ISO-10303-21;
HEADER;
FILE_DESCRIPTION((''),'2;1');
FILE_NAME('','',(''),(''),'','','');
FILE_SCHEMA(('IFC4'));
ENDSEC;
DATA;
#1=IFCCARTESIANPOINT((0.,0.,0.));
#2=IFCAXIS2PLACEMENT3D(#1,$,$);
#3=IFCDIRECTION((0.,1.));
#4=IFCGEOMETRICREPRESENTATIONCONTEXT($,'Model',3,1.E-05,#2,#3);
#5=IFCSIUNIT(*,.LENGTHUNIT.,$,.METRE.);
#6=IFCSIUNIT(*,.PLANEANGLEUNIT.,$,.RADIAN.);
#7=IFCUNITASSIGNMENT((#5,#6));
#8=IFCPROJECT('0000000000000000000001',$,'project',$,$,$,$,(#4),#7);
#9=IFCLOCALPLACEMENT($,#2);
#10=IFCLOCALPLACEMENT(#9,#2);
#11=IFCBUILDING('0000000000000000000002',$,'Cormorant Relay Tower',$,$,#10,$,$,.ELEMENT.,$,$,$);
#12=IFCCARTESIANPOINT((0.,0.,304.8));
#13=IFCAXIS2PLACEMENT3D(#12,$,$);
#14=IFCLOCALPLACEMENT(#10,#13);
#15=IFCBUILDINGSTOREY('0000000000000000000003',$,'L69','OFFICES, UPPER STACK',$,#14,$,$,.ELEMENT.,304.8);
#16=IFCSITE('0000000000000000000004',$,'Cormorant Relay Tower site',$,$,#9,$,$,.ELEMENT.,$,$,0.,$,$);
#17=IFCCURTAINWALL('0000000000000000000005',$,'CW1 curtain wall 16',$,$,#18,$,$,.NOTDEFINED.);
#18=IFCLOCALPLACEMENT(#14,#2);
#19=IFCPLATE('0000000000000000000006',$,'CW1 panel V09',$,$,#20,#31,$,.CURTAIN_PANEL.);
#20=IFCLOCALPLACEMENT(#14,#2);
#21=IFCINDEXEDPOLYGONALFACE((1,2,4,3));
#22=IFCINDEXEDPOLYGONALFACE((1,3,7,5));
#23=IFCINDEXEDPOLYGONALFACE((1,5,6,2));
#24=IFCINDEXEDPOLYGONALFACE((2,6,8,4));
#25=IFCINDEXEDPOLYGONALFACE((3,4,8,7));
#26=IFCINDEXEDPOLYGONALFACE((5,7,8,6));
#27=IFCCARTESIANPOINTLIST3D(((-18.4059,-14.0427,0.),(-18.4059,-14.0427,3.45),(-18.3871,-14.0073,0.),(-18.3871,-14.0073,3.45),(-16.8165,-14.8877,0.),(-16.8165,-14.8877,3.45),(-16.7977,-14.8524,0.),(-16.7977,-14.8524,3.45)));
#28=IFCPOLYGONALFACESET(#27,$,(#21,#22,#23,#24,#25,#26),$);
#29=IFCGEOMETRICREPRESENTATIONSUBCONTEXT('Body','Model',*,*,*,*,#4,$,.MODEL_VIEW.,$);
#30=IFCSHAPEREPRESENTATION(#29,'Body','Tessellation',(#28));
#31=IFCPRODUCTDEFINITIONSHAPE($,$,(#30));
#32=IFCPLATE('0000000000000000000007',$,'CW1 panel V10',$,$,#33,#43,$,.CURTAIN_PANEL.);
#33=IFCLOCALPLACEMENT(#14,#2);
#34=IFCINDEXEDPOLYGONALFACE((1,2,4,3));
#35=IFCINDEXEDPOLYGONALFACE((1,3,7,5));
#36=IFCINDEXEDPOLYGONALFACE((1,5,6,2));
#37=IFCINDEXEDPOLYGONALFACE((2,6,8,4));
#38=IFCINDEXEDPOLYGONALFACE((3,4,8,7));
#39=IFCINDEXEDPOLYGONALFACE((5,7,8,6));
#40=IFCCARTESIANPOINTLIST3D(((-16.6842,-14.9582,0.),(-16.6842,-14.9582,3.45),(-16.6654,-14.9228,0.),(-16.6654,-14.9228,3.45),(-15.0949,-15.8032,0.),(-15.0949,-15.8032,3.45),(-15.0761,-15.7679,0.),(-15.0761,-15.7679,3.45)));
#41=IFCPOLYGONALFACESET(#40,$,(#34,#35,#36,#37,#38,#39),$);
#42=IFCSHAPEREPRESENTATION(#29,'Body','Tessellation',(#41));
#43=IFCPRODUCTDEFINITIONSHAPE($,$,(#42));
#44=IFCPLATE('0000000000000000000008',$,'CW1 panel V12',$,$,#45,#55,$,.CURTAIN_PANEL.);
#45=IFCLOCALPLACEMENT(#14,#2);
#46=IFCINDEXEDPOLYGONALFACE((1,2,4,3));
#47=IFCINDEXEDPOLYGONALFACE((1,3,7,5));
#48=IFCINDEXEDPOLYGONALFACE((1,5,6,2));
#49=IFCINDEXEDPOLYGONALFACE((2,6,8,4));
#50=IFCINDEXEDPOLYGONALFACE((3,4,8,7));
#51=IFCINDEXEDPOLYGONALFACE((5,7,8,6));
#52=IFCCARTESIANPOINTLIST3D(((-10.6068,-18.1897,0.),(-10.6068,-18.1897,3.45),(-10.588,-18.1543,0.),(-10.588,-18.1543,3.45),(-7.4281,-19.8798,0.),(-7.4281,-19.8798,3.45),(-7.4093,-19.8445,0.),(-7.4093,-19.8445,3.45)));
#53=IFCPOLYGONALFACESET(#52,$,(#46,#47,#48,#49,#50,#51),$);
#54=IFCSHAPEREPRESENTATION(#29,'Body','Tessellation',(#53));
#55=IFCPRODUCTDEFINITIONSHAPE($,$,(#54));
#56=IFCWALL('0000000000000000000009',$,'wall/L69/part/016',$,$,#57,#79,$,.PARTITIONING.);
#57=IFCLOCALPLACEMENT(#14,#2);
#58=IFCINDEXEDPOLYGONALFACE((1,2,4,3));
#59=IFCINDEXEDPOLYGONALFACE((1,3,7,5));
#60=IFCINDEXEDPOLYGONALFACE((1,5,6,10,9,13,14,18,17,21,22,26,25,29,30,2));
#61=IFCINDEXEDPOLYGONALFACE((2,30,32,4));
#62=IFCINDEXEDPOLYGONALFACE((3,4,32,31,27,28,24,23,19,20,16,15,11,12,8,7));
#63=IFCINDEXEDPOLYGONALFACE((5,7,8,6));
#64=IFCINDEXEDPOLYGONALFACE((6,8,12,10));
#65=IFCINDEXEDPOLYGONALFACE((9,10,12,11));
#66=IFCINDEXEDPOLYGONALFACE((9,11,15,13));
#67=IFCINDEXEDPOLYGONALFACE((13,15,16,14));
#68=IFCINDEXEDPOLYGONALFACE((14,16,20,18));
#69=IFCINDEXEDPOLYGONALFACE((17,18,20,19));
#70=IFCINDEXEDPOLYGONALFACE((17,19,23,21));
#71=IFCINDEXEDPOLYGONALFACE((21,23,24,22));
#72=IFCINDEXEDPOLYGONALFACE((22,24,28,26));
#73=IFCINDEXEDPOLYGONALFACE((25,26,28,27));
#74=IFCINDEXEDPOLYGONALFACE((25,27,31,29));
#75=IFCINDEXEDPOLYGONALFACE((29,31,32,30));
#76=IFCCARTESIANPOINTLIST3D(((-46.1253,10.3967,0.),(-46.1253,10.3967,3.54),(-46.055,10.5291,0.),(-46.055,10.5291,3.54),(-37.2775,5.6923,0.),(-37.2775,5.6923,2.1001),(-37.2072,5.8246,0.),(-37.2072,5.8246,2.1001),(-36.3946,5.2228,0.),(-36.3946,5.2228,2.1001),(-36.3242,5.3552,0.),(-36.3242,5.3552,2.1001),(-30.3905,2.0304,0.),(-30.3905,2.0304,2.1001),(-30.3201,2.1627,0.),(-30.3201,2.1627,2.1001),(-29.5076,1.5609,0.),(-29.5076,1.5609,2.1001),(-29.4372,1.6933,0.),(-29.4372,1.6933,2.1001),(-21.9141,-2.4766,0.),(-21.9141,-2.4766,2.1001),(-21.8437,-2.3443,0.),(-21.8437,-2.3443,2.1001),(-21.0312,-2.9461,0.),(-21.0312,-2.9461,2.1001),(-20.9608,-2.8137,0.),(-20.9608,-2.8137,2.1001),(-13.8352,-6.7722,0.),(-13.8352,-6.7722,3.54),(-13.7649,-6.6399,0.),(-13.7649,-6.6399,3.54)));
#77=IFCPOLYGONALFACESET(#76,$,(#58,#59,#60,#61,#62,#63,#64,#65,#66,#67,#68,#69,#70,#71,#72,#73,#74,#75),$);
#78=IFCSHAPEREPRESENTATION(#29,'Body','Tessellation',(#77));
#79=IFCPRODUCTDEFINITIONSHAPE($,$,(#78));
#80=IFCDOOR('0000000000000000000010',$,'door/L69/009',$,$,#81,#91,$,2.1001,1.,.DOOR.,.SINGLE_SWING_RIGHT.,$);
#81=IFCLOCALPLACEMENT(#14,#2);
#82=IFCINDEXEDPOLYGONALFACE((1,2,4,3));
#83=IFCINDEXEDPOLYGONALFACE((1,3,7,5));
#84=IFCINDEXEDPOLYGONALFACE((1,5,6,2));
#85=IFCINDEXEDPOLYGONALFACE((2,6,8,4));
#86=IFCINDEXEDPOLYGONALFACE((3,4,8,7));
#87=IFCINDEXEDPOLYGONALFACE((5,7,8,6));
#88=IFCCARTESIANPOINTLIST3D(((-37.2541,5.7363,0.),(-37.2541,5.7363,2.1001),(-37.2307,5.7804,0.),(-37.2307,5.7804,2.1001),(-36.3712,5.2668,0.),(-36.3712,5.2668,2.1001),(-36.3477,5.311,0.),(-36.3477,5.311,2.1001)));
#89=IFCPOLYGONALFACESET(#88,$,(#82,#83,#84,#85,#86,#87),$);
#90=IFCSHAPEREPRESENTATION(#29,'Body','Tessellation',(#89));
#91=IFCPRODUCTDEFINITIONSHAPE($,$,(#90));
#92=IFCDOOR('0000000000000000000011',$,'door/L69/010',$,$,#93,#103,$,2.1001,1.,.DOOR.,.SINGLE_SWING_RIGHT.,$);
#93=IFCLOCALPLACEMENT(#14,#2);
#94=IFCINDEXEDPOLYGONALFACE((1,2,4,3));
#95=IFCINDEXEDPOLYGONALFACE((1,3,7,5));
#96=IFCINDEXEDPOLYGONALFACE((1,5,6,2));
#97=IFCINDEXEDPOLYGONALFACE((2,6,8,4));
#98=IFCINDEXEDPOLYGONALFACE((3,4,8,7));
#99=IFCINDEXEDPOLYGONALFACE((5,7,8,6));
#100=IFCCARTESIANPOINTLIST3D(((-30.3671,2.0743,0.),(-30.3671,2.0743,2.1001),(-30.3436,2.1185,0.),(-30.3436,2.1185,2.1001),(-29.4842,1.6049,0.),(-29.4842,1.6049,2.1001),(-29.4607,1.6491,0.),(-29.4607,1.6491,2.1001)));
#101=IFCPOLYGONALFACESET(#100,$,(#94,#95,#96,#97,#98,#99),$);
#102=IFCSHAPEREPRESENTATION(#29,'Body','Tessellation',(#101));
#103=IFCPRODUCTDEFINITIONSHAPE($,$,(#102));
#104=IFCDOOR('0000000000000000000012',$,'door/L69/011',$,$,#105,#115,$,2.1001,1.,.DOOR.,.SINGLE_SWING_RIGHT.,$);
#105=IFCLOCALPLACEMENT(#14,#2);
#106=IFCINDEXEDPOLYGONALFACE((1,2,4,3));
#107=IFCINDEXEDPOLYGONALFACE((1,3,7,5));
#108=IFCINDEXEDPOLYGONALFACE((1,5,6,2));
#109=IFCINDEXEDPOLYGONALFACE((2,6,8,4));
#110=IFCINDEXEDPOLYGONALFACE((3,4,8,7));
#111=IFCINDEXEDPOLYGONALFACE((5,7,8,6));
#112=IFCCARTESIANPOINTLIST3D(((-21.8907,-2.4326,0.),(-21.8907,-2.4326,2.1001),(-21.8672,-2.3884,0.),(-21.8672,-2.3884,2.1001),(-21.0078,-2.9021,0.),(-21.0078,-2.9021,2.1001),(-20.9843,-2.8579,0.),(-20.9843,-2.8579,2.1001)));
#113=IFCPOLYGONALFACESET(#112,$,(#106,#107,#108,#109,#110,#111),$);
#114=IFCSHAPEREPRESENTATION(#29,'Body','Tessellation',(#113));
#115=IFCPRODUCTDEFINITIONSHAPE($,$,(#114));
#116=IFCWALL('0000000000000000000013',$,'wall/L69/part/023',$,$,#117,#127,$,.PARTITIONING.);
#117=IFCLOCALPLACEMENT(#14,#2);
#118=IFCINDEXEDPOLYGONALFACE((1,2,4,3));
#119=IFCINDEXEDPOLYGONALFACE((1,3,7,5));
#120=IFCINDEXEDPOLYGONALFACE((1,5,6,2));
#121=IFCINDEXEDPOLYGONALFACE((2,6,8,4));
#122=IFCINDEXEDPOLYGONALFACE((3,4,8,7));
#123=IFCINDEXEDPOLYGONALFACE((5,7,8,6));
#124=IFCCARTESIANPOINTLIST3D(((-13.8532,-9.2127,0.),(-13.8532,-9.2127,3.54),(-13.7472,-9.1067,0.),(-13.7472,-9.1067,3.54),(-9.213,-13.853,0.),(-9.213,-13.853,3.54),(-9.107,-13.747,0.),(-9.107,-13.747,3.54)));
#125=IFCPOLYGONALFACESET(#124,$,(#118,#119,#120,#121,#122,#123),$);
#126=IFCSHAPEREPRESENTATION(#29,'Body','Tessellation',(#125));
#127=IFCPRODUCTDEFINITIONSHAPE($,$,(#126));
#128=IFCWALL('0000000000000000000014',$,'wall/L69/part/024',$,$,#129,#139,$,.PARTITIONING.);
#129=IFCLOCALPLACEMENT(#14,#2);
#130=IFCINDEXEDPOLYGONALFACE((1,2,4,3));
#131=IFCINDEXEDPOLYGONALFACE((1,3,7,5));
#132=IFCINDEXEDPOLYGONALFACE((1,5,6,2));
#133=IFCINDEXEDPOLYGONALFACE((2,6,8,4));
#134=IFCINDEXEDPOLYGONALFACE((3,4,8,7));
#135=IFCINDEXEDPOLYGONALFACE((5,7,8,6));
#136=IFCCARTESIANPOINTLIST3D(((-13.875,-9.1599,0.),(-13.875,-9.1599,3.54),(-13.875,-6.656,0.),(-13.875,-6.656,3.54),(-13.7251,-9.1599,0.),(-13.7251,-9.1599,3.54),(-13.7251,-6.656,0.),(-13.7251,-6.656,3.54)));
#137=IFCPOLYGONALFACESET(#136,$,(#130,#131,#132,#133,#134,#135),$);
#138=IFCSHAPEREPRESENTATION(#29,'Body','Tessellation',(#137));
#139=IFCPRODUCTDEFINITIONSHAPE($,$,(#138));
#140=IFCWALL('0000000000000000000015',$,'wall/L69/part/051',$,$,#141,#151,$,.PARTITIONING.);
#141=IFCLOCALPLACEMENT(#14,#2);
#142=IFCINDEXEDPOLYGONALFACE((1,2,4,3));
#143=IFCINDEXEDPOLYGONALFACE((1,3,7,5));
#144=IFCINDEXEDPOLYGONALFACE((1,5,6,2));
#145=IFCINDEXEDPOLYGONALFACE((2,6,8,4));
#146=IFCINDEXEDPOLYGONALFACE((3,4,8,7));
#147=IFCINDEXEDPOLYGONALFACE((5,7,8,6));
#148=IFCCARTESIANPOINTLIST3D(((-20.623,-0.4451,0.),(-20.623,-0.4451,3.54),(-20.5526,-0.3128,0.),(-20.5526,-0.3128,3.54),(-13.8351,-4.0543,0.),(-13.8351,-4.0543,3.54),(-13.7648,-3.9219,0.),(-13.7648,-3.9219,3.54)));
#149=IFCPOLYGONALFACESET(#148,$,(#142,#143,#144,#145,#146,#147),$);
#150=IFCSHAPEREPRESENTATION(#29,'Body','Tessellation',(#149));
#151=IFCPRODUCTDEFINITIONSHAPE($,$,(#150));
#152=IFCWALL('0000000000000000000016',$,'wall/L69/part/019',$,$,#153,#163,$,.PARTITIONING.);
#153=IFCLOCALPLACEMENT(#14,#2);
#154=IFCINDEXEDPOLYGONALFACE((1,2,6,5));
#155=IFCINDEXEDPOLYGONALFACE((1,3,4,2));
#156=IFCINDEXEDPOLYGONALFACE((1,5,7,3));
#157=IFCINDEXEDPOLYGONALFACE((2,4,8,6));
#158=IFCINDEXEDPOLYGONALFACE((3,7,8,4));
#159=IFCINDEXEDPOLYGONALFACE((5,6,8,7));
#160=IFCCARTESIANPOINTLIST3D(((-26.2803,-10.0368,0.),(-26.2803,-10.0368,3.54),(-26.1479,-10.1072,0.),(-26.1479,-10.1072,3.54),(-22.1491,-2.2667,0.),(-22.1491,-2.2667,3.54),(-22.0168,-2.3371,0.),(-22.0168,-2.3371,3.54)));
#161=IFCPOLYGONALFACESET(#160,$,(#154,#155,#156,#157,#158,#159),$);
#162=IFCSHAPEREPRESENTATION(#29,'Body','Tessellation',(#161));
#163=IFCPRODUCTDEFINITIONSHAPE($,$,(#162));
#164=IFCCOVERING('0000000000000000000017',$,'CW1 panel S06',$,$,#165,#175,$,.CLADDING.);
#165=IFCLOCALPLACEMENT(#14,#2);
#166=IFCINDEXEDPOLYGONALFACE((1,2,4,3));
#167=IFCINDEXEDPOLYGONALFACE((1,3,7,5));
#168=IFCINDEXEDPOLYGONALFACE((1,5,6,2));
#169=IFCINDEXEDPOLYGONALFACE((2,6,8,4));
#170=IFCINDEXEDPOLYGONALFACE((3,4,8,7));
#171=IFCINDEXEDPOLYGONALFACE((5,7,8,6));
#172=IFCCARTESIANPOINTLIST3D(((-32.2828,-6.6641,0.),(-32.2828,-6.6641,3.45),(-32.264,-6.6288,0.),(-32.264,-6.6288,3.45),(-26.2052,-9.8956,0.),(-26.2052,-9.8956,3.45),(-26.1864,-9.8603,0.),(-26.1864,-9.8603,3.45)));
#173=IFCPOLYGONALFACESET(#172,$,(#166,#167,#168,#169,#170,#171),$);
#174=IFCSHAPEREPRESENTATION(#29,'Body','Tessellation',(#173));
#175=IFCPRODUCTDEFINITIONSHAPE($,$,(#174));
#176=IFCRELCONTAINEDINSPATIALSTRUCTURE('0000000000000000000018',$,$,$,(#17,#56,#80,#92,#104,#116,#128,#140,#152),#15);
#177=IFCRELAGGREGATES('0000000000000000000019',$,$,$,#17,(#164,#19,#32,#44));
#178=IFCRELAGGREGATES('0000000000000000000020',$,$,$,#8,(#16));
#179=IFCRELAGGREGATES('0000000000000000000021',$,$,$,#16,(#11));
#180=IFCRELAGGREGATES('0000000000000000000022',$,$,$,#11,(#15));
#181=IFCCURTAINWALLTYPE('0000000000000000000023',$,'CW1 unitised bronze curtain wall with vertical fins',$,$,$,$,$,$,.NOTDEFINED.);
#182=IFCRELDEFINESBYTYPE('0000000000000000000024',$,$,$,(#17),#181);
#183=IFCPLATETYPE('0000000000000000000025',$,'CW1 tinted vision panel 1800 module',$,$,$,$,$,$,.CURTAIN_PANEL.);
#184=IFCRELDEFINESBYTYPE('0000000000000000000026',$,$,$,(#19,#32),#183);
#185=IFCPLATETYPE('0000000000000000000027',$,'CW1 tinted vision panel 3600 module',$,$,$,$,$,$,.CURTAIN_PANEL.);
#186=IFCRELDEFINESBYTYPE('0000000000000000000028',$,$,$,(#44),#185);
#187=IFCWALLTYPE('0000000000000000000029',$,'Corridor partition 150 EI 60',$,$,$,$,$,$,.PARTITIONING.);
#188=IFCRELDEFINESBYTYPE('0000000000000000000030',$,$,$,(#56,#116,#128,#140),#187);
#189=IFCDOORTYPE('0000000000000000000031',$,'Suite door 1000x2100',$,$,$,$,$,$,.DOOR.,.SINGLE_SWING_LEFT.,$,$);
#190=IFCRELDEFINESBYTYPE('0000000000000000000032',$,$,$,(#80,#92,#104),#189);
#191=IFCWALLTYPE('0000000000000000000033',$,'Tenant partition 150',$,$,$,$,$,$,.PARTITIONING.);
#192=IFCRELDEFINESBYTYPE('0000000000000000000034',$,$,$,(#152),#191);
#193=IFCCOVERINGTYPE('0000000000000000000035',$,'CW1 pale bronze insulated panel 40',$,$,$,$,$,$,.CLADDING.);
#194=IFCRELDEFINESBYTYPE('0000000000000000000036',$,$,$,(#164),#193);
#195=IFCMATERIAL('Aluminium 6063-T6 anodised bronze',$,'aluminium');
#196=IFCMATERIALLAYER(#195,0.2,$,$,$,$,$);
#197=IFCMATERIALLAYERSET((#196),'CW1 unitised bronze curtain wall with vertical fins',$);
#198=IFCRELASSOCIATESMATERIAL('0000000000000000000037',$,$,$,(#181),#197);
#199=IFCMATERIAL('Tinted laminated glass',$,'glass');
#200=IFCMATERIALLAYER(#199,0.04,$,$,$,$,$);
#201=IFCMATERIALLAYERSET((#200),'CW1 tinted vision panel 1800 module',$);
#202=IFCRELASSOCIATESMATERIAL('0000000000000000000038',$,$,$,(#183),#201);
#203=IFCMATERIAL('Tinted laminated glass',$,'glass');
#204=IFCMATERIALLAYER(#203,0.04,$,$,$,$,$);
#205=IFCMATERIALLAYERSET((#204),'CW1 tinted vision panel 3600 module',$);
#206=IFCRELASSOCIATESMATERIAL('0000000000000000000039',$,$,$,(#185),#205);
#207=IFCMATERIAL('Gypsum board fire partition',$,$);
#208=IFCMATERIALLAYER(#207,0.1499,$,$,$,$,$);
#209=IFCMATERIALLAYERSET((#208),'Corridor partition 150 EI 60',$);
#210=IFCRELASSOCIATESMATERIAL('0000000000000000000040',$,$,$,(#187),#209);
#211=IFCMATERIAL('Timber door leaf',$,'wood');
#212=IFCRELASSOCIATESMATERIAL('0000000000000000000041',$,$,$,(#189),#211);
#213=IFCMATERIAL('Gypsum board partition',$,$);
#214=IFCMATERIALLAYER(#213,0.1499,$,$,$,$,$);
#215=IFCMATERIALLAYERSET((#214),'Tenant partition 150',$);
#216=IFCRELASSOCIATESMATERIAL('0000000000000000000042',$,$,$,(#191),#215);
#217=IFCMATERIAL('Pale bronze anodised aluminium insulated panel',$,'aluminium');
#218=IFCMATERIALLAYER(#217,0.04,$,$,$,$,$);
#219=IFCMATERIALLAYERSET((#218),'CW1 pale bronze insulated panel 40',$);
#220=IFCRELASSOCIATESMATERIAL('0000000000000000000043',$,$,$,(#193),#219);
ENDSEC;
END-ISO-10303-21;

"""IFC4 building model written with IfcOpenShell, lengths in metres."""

from ifc_helpers import new_model, si_unit, direction, frame, frame_2d, origin, origin_2d, place, context, subcontext, project, spatial, rectangle, extrude, material, layer, layer_set, type_object, element, fill, aggregate, save


model = new_model("IFC4")

# Units and contexts
model_context = context("Model", 3, precision=1e-05, world=origin(), true_north=direction((0.0, 1.0)))
body_context = subcontext(model_context, "Body", "Model", "MODEL_VIEW")
ifc_project = project(units=[si_unit("LENGTHUNIT", "METRE"), si_unit("PLANEANGLEUNIT", "RADIAN")], contexts=[model_context])

# Site, building, storey
site_placement = place(None, origin())
site = spatial("IfcSite", under=ifc_project, at=site_placement, Name="Cormorant Relay Tower site", CompositionType="ELEMENT", RefElevation=0.0)
building_placement = place(site_placement, origin())
building = spatial("IfcBuilding", under=site, at=building_placement, Name="Cormorant Relay Tower", CompositionType="ELEMENT")
storey_placement = place(building_placement, frame((0.0, 0.0, 304.8)))
storey = spatial("IfcBuildingStorey", under=building, at=storey_placement, Name="L69", Description="OFFICES, UPPER STACK", CompositionType="ELEMENT", Elevation=304.8)

# Curtain wall
ifc_material_1 = material(Name="Aluminium 6063-T6 anodised bronze", Category="aluminium")
ifc_layer_1 = layer(ifc_material_1, 0.2)
ifc_layer_set_1 = layer_set([ifc_layer_1], Name="CW1 unitised bronze curtain wall with vertical fins")
curtain_wall_type = type_object("IfcCurtainWallType", Name="CW1 unitised bronze curtain wall with vertical fins", PredefinedType="NOTDEFINED", material=ifc_layer_set_1)
curtain_wall_placement = place(storey_placement, origin())
curtain_wall = element("IfcCurtainWall", 1, at=curtain_wall_placement, inside=storey, type_object=curtain_wall_type, Name="CW1 curtain wall 16", PredefinedType="NOTDEFINED")

# Plates
ifc_material_2 = material(Name="Tinted laminated glass", Category="glass")
ifc_layer_2 = layer(ifc_material_2, 0.04)
ifc_layer_set_2 = layer_set([ifc_layer_2], Name="CW1 tinted vision panel 1800 module")
plate_type_1 = type_object("IfcPlateType", Name="CW1 tinted vision panel 1800 module", PredefinedType="CURTAIN_PANEL", material=ifc_layer_set_2)
plate_1_placement = place(storey_placement, frame((-17.6018, -14.4475, 0.0), z_axis=(0.0, 0.0, 1.0), x_axis=(0.882948, -0.469472, 0.0)))
plate_1 = element("IfcPlate", 2, at=plate_1_placement, type_object=plate_type_1, Name="CW1 panel V09", PredefinedType="CURTAIN_PANEL", context=body_context, shape_type="SweptSolid", body=[
    extrude(rectangle(XDim=1.8, YDim=0.04, at=origin_2d()), origin(), (0.0, 0.0, 1.0), 3.45),
])
plate_2_placement = place(storey_placement, frame((-15.8801, -15.363, 0.0), z_axis=(0.0, 0.0, 1.0), x_axis=(0.882948, -0.469472, 0.0)))
plate_2 = element("IfcPlate", 3, at=plate_2_placement, type_object=plate_type_1, Name="CW1 panel V10", PredefinedType="CURTAIN_PANEL", context=body_context, shape_type="SweptSolid", body=[
    extrude(rectangle(XDim=1.8, YDim=0.04, at=origin_2d()), origin(), (0.0, 0.0, 1.0), 3.45),
])
ifc_material_3 = material(Name="Tinted laminated glass", Category="glass")
ifc_layer_3 = layer(ifc_material_3, 0.04)
ifc_layer_set_3 = layer_set([ifc_layer_3], Name="CW1 tinted vision panel 3600 module")
plate_type_2 = type_object("IfcPlateType", Name="CW1 tinted vision panel 3600 module", PredefinedType="CURTAIN_PANEL", material=ifc_layer_set_3)
plate_3_placement = place(storey_placement, frame((-9.0081, -19.0171, 0.0), z_axis=(0.0, 0.0, 1.0), x_axis=(0.882948, -0.469472, 0.0)))
plate_3 = element("IfcPlate", 4, at=plate_3_placement, type_object=plate_type_2, Name="CW1 panel V12", PredefinedType="CURTAIN_PANEL", context=body_context, shape_type="SweptSolid", body=[
    extrude(rectangle(XDim=3.6001, YDim=0.04, at=origin_2d()), origin(), (0.0, 0.0, 1.0), 3.45),
])

# Wall, openings, doors
ifc_material_4 = material(Name="Gypsum board fire partition")
ifc_layer_4 = layer(ifc_material_4, 0.1499)
ifc_layer_set_4 = layer_set([ifc_layer_4], Name="Corridor partition 150 EI 60")
wall_type_1 = type_object("IfcWallType", Name="Corridor partition 150 EI 60", PredefinedType="PARTITIONING", material=ifc_layer_set_4)
wall_1_placement = place(storey_placement, frame((-13.8, -6.7061, 0.0), z_axis=(0.0, 0.0, 1.0), x_axis=(-0.882947, 0.469472, 0.0)))
wall_1 = element("IfcWall", 5, at=wall_1_placement, inside=storey, type_object=wall_type_1, Name="wall/L69/part/016", PredefinedType="PARTITIONING", context=body_context, shape_type="SweptSolid", body=[
    extrude(rectangle(XDim=36.5708, YDim=0.1499, at=frame_2d((18.2854, 0.0))), origin(), (0.0, 0.0, 1.0), 3.54),
])
opening_1_placement = place(wall_1_placement, frame((25.55, 0.0, 0.0)))
opening_1 = element("IfcOpeningElement", 6, at=opening_1_placement, cuts=wall_1, PredefinedType="OPENING", context=body_context, shape_type="SweptSolid", body=[
    extrude(rectangle(XDim=1.0, YDim=2.1001, at=frame_2d((0.5, 1.05))), frame((0.0, 0.085, 0.0), z_axis=(0.0, -1.0, 0.0), x_axis=(1.0, 0.0, 0.0)), (0.0, 0.0, 1.0), 0.1699),
])
opening_2_placement = place(wall_1_placement, frame((17.75, 0.0, 0.0)))
opening_2 = element("IfcOpeningElement", 7, at=opening_2_placement, cuts=wall_1, PredefinedType="OPENING", context=body_context, shape_type="SweptSolid", body=[
    extrude(rectangle(XDim=1.0, YDim=2.1001, at=frame_2d((0.5, 1.05))), frame((0.0, 0.085, 0.0), z_axis=(0.0, -1.0, 0.0), x_axis=(1.0, 0.0, 0.0)), (0.0, 0.0, 1.0), 0.1699),
])
opening_3_placement = place(wall_1_placement, frame((8.1499, 0.0, 0.0)))
opening_3 = element("IfcOpeningElement", 8, at=opening_3_placement, cuts=wall_1, PredefinedType="OPENING", context=body_context, shape_type="SweptSolid", body=[
    extrude(rectangle(XDim=1.0, YDim=2.1001, at=frame_2d((0.5, 1.05))), frame((0.0, 0.085, 0.0), z_axis=(0.0, -1.0, 0.0), x_axis=(1.0, 0.0, 0.0)), (0.0, 0.0, 1.0), 0.1699),
])
ifc_material_5 = material(Name="Timber door leaf", Category="wood")
door_type = type_object("IfcDoorType", Name="Suite door 1000x2100", OperationType="SINGLE_SWING_LEFT", PredefinedType="DOOR", material=ifc_material_5)
door_1_placement = place(opening_1_placement, frame((1.0, 0.0, 0.0), z_axis=(0.0, 0.0, 1.0), x_axis=(-1.0, 0.0, 0.0)))
door_1 = element("IfcDoor", 9, at=door_1_placement, inside=storey, type_object=door_type, Name="door/L69/009", OperationType="SINGLE_SWING_RIGHT", OverallHeight=2.1001, OverallWidth=1.0, PredefinedType="DOOR", context=body_context, shape_type="SweptSolid", body=[
    extrude(rectangle(XDim=1.0, YDim=2.1001, at=frame_2d((0.5, 1.05))), frame((0.0, 0.0249, 0.0), z_axis=(0.0, -1.0, 0.0), x_axis=(1.0, 0.0, 0.0)), (0.0, 0.0, 1.0), 0.05),
])
fill(opening_1, door_1)
door_2_placement = place(opening_2_placement, frame((1.0, 0.0, 0.0), z_axis=(0.0, 0.0, 1.0), x_axis=(-1.0, 0.0, 0.0)))
door_2 = element("IfcDoor", 10, at=door_2_placement, inside=storey, type_object=door_type, Name="door/L69/010", OperationType="SINGLE_SWING_RIGHT", OverallHeight=2.1001, OverallWidth=1.0, PredefinedType="DOOR", context=body_context, shape_type="SweptSolid", body=[
    extrude(rectangle(XDim=1.0, YDim=2.1001, at=frame_2d((0.5, 1.05))), frame((0.0, 0.0249, 0.0), z_axis=(0.0, -1.0, 0.0), x_axis=(1.0, 0.0, 0.0)), (0.0, 0.0, 1.0), 0.05),
])
fill(opening_2, door_2)
door_3_placement = place(opening_3_placement, frame((1.0, 0.0, 0.0), z_axis=(0.0, 0.0, 1.0), x_axis=(-1.0, 0.0, 0.0)))
door_3 = element("IfcDoor", 11, at=door_3_placement, inside=storey, type_object=door_type, Name="door/L69/011", OperationType="SINGLE_SWING_RIGHT", OverallHeight=2.1001, OverallWidth=1.0, PredefinedType="DOOR", context=body_context, shape_type="SweptSolid", body=[
    extrude(rectangle(XDim=1.0, YDim=2.1001, at=frame_2d((0.5, 1.05))), frame((0.0, 0.0249, 0.0), z_axis=(0.0, -1.0, 0.0), x_axis=(1.0, 0.0, 0.0)), (0.0, 0.0, 1.0), 0.05),
])
fill(opening_3, door_3)

# Walls
wall_2_placement = place(storey_placement, frame((-9.1599, -13.8, 0.0), z_axis=(0.0, 0.0, 1.0), x_axis=(-0.707107, 0.707107, 0.0)))
element("IfcWall", 12, at=wall_2_placement, inside=storey, type_object=wall_type_1, Name="wall/L69/part/023", PredefinedType="PARTITIONING", context=body_context, shape_type="SweptSolid", body=[
    extrude(rectangle(XDim=6.5623, YDim=0.1499, at=frame_2d((3.2812, 0.0))), origin(), (0.0, 0.0, 1.0), 3.54),
])
wall_3_placement = place(storey_placement, frame((-13.8, -9.1599, 0.0), z_axis=(0.0, 0.0, 1.0), x_axis=(0.0, 1.0, 0.0)))
element("IfcWall", 13, at=wall_3_placement, inside=storey, type_object=wall_type_1, Name="wall/L69/part/024", PredefinedType="PARTITIONING", context=body_context, shape_type="SweptSolid", body=[
    extrude(rectangle(XDim=2.5039, YDim=0.1499, at=frame_2d((1.252, 0.0))), origin(), (0.0, 0.0, 1.0), 3.54),
])
wall_4_placement = place(storey_placement, frame((-13.8, -3.988, 0.0), z_axis=(0.0, 0.0, 1.0), x_axis=(-0.882949, 0.469469, 0.0)))
element("IfcWall", 14, at=wall_4_placement, inside=storey, type_object=wall_type_1, Name="wall/L69/part/051", PredefinedType="PARTITIONING", context=body_context, shape_type="SweptSolid", body=[
    extrude(rectangle(XDim=7.6877, YDim=0.1499, at=frame_2d((3.8438, 0.0))), origin(), (0.0, 0.0, 1.0), 3.54),
])
ifc_material_6 = material(Name="Gypsum board partition")
ifc_layer_5 = layer(ifc_material_6, 0.1499)
ifc_layer_set_5 = layer_set([ifc_layer_5], Name="Tenant partition 150")
wall_type_2 = type_object("IfcWallType", Name="Tenant partition 150", PredefinedType="PARTITIONING", material=ifc_layer_set_5)
wall_5_placement = place(storey_placement, frame((-22.083, -2.302, 0.0), z_axis=(0.0, 0.0, 1.0), x_axis=(-0.469446, -0.882961, 0.0)))
element("IfcWall", 15, at=wall_5_placement, inside=storey, type_object=wall_type_2, Name="wall/L69/part/019", PredefinedType="PARTITIONING", context=body_context, shape_type="SweptSolid", body=[
    extrude(rectangle(XDim=8.8, YDim=0.1499, at=frame_2d((4.3999, 0.0))), origin(), (0.0, 0.0, 1.0), 3.54),
])

# Covering
ifc_material_7 = material(Name="Pale bronze anodised aluminium insulated panel", Category="aluminium")
ifc_layer_6 = layer(ifc_material_7, 0.04)
ifc_layer_set_6 = layer_set([ifc_layer_6], Name="CW1 pale bronze insulated panel 40")
covering_type = type_object("IfcCoveringType", Name="CW1 pale bronze insulated panel 40", PredefinedType="CLADDING", material=ifc_layer_set_6)
covering_1_placement = place(storey_placement, frame((-29.2346, -8.2622, 0.0), z_axis=(0.0, 0.0, 1.0), x_axis=(0.882948, -0.469472, 0.0)))
covering_1 = element("IfcCovering", 16, at=covering_1_placement, type_object=covering_type, Name="CW1 panel S06", PredefinedType="CLADDING", context=body_context, shape_type="SweptSolid", body=[
    extrude(rectangle(XDim=6.8833, YDim=0.04, at=origin_2d()), origin(), (0.0, 0.0, 1.0), 3.45),
])
aggregate(curtain_wall, [covering_1, plate_1, plate_2, plate_3])

save(model, "model.ifc")
